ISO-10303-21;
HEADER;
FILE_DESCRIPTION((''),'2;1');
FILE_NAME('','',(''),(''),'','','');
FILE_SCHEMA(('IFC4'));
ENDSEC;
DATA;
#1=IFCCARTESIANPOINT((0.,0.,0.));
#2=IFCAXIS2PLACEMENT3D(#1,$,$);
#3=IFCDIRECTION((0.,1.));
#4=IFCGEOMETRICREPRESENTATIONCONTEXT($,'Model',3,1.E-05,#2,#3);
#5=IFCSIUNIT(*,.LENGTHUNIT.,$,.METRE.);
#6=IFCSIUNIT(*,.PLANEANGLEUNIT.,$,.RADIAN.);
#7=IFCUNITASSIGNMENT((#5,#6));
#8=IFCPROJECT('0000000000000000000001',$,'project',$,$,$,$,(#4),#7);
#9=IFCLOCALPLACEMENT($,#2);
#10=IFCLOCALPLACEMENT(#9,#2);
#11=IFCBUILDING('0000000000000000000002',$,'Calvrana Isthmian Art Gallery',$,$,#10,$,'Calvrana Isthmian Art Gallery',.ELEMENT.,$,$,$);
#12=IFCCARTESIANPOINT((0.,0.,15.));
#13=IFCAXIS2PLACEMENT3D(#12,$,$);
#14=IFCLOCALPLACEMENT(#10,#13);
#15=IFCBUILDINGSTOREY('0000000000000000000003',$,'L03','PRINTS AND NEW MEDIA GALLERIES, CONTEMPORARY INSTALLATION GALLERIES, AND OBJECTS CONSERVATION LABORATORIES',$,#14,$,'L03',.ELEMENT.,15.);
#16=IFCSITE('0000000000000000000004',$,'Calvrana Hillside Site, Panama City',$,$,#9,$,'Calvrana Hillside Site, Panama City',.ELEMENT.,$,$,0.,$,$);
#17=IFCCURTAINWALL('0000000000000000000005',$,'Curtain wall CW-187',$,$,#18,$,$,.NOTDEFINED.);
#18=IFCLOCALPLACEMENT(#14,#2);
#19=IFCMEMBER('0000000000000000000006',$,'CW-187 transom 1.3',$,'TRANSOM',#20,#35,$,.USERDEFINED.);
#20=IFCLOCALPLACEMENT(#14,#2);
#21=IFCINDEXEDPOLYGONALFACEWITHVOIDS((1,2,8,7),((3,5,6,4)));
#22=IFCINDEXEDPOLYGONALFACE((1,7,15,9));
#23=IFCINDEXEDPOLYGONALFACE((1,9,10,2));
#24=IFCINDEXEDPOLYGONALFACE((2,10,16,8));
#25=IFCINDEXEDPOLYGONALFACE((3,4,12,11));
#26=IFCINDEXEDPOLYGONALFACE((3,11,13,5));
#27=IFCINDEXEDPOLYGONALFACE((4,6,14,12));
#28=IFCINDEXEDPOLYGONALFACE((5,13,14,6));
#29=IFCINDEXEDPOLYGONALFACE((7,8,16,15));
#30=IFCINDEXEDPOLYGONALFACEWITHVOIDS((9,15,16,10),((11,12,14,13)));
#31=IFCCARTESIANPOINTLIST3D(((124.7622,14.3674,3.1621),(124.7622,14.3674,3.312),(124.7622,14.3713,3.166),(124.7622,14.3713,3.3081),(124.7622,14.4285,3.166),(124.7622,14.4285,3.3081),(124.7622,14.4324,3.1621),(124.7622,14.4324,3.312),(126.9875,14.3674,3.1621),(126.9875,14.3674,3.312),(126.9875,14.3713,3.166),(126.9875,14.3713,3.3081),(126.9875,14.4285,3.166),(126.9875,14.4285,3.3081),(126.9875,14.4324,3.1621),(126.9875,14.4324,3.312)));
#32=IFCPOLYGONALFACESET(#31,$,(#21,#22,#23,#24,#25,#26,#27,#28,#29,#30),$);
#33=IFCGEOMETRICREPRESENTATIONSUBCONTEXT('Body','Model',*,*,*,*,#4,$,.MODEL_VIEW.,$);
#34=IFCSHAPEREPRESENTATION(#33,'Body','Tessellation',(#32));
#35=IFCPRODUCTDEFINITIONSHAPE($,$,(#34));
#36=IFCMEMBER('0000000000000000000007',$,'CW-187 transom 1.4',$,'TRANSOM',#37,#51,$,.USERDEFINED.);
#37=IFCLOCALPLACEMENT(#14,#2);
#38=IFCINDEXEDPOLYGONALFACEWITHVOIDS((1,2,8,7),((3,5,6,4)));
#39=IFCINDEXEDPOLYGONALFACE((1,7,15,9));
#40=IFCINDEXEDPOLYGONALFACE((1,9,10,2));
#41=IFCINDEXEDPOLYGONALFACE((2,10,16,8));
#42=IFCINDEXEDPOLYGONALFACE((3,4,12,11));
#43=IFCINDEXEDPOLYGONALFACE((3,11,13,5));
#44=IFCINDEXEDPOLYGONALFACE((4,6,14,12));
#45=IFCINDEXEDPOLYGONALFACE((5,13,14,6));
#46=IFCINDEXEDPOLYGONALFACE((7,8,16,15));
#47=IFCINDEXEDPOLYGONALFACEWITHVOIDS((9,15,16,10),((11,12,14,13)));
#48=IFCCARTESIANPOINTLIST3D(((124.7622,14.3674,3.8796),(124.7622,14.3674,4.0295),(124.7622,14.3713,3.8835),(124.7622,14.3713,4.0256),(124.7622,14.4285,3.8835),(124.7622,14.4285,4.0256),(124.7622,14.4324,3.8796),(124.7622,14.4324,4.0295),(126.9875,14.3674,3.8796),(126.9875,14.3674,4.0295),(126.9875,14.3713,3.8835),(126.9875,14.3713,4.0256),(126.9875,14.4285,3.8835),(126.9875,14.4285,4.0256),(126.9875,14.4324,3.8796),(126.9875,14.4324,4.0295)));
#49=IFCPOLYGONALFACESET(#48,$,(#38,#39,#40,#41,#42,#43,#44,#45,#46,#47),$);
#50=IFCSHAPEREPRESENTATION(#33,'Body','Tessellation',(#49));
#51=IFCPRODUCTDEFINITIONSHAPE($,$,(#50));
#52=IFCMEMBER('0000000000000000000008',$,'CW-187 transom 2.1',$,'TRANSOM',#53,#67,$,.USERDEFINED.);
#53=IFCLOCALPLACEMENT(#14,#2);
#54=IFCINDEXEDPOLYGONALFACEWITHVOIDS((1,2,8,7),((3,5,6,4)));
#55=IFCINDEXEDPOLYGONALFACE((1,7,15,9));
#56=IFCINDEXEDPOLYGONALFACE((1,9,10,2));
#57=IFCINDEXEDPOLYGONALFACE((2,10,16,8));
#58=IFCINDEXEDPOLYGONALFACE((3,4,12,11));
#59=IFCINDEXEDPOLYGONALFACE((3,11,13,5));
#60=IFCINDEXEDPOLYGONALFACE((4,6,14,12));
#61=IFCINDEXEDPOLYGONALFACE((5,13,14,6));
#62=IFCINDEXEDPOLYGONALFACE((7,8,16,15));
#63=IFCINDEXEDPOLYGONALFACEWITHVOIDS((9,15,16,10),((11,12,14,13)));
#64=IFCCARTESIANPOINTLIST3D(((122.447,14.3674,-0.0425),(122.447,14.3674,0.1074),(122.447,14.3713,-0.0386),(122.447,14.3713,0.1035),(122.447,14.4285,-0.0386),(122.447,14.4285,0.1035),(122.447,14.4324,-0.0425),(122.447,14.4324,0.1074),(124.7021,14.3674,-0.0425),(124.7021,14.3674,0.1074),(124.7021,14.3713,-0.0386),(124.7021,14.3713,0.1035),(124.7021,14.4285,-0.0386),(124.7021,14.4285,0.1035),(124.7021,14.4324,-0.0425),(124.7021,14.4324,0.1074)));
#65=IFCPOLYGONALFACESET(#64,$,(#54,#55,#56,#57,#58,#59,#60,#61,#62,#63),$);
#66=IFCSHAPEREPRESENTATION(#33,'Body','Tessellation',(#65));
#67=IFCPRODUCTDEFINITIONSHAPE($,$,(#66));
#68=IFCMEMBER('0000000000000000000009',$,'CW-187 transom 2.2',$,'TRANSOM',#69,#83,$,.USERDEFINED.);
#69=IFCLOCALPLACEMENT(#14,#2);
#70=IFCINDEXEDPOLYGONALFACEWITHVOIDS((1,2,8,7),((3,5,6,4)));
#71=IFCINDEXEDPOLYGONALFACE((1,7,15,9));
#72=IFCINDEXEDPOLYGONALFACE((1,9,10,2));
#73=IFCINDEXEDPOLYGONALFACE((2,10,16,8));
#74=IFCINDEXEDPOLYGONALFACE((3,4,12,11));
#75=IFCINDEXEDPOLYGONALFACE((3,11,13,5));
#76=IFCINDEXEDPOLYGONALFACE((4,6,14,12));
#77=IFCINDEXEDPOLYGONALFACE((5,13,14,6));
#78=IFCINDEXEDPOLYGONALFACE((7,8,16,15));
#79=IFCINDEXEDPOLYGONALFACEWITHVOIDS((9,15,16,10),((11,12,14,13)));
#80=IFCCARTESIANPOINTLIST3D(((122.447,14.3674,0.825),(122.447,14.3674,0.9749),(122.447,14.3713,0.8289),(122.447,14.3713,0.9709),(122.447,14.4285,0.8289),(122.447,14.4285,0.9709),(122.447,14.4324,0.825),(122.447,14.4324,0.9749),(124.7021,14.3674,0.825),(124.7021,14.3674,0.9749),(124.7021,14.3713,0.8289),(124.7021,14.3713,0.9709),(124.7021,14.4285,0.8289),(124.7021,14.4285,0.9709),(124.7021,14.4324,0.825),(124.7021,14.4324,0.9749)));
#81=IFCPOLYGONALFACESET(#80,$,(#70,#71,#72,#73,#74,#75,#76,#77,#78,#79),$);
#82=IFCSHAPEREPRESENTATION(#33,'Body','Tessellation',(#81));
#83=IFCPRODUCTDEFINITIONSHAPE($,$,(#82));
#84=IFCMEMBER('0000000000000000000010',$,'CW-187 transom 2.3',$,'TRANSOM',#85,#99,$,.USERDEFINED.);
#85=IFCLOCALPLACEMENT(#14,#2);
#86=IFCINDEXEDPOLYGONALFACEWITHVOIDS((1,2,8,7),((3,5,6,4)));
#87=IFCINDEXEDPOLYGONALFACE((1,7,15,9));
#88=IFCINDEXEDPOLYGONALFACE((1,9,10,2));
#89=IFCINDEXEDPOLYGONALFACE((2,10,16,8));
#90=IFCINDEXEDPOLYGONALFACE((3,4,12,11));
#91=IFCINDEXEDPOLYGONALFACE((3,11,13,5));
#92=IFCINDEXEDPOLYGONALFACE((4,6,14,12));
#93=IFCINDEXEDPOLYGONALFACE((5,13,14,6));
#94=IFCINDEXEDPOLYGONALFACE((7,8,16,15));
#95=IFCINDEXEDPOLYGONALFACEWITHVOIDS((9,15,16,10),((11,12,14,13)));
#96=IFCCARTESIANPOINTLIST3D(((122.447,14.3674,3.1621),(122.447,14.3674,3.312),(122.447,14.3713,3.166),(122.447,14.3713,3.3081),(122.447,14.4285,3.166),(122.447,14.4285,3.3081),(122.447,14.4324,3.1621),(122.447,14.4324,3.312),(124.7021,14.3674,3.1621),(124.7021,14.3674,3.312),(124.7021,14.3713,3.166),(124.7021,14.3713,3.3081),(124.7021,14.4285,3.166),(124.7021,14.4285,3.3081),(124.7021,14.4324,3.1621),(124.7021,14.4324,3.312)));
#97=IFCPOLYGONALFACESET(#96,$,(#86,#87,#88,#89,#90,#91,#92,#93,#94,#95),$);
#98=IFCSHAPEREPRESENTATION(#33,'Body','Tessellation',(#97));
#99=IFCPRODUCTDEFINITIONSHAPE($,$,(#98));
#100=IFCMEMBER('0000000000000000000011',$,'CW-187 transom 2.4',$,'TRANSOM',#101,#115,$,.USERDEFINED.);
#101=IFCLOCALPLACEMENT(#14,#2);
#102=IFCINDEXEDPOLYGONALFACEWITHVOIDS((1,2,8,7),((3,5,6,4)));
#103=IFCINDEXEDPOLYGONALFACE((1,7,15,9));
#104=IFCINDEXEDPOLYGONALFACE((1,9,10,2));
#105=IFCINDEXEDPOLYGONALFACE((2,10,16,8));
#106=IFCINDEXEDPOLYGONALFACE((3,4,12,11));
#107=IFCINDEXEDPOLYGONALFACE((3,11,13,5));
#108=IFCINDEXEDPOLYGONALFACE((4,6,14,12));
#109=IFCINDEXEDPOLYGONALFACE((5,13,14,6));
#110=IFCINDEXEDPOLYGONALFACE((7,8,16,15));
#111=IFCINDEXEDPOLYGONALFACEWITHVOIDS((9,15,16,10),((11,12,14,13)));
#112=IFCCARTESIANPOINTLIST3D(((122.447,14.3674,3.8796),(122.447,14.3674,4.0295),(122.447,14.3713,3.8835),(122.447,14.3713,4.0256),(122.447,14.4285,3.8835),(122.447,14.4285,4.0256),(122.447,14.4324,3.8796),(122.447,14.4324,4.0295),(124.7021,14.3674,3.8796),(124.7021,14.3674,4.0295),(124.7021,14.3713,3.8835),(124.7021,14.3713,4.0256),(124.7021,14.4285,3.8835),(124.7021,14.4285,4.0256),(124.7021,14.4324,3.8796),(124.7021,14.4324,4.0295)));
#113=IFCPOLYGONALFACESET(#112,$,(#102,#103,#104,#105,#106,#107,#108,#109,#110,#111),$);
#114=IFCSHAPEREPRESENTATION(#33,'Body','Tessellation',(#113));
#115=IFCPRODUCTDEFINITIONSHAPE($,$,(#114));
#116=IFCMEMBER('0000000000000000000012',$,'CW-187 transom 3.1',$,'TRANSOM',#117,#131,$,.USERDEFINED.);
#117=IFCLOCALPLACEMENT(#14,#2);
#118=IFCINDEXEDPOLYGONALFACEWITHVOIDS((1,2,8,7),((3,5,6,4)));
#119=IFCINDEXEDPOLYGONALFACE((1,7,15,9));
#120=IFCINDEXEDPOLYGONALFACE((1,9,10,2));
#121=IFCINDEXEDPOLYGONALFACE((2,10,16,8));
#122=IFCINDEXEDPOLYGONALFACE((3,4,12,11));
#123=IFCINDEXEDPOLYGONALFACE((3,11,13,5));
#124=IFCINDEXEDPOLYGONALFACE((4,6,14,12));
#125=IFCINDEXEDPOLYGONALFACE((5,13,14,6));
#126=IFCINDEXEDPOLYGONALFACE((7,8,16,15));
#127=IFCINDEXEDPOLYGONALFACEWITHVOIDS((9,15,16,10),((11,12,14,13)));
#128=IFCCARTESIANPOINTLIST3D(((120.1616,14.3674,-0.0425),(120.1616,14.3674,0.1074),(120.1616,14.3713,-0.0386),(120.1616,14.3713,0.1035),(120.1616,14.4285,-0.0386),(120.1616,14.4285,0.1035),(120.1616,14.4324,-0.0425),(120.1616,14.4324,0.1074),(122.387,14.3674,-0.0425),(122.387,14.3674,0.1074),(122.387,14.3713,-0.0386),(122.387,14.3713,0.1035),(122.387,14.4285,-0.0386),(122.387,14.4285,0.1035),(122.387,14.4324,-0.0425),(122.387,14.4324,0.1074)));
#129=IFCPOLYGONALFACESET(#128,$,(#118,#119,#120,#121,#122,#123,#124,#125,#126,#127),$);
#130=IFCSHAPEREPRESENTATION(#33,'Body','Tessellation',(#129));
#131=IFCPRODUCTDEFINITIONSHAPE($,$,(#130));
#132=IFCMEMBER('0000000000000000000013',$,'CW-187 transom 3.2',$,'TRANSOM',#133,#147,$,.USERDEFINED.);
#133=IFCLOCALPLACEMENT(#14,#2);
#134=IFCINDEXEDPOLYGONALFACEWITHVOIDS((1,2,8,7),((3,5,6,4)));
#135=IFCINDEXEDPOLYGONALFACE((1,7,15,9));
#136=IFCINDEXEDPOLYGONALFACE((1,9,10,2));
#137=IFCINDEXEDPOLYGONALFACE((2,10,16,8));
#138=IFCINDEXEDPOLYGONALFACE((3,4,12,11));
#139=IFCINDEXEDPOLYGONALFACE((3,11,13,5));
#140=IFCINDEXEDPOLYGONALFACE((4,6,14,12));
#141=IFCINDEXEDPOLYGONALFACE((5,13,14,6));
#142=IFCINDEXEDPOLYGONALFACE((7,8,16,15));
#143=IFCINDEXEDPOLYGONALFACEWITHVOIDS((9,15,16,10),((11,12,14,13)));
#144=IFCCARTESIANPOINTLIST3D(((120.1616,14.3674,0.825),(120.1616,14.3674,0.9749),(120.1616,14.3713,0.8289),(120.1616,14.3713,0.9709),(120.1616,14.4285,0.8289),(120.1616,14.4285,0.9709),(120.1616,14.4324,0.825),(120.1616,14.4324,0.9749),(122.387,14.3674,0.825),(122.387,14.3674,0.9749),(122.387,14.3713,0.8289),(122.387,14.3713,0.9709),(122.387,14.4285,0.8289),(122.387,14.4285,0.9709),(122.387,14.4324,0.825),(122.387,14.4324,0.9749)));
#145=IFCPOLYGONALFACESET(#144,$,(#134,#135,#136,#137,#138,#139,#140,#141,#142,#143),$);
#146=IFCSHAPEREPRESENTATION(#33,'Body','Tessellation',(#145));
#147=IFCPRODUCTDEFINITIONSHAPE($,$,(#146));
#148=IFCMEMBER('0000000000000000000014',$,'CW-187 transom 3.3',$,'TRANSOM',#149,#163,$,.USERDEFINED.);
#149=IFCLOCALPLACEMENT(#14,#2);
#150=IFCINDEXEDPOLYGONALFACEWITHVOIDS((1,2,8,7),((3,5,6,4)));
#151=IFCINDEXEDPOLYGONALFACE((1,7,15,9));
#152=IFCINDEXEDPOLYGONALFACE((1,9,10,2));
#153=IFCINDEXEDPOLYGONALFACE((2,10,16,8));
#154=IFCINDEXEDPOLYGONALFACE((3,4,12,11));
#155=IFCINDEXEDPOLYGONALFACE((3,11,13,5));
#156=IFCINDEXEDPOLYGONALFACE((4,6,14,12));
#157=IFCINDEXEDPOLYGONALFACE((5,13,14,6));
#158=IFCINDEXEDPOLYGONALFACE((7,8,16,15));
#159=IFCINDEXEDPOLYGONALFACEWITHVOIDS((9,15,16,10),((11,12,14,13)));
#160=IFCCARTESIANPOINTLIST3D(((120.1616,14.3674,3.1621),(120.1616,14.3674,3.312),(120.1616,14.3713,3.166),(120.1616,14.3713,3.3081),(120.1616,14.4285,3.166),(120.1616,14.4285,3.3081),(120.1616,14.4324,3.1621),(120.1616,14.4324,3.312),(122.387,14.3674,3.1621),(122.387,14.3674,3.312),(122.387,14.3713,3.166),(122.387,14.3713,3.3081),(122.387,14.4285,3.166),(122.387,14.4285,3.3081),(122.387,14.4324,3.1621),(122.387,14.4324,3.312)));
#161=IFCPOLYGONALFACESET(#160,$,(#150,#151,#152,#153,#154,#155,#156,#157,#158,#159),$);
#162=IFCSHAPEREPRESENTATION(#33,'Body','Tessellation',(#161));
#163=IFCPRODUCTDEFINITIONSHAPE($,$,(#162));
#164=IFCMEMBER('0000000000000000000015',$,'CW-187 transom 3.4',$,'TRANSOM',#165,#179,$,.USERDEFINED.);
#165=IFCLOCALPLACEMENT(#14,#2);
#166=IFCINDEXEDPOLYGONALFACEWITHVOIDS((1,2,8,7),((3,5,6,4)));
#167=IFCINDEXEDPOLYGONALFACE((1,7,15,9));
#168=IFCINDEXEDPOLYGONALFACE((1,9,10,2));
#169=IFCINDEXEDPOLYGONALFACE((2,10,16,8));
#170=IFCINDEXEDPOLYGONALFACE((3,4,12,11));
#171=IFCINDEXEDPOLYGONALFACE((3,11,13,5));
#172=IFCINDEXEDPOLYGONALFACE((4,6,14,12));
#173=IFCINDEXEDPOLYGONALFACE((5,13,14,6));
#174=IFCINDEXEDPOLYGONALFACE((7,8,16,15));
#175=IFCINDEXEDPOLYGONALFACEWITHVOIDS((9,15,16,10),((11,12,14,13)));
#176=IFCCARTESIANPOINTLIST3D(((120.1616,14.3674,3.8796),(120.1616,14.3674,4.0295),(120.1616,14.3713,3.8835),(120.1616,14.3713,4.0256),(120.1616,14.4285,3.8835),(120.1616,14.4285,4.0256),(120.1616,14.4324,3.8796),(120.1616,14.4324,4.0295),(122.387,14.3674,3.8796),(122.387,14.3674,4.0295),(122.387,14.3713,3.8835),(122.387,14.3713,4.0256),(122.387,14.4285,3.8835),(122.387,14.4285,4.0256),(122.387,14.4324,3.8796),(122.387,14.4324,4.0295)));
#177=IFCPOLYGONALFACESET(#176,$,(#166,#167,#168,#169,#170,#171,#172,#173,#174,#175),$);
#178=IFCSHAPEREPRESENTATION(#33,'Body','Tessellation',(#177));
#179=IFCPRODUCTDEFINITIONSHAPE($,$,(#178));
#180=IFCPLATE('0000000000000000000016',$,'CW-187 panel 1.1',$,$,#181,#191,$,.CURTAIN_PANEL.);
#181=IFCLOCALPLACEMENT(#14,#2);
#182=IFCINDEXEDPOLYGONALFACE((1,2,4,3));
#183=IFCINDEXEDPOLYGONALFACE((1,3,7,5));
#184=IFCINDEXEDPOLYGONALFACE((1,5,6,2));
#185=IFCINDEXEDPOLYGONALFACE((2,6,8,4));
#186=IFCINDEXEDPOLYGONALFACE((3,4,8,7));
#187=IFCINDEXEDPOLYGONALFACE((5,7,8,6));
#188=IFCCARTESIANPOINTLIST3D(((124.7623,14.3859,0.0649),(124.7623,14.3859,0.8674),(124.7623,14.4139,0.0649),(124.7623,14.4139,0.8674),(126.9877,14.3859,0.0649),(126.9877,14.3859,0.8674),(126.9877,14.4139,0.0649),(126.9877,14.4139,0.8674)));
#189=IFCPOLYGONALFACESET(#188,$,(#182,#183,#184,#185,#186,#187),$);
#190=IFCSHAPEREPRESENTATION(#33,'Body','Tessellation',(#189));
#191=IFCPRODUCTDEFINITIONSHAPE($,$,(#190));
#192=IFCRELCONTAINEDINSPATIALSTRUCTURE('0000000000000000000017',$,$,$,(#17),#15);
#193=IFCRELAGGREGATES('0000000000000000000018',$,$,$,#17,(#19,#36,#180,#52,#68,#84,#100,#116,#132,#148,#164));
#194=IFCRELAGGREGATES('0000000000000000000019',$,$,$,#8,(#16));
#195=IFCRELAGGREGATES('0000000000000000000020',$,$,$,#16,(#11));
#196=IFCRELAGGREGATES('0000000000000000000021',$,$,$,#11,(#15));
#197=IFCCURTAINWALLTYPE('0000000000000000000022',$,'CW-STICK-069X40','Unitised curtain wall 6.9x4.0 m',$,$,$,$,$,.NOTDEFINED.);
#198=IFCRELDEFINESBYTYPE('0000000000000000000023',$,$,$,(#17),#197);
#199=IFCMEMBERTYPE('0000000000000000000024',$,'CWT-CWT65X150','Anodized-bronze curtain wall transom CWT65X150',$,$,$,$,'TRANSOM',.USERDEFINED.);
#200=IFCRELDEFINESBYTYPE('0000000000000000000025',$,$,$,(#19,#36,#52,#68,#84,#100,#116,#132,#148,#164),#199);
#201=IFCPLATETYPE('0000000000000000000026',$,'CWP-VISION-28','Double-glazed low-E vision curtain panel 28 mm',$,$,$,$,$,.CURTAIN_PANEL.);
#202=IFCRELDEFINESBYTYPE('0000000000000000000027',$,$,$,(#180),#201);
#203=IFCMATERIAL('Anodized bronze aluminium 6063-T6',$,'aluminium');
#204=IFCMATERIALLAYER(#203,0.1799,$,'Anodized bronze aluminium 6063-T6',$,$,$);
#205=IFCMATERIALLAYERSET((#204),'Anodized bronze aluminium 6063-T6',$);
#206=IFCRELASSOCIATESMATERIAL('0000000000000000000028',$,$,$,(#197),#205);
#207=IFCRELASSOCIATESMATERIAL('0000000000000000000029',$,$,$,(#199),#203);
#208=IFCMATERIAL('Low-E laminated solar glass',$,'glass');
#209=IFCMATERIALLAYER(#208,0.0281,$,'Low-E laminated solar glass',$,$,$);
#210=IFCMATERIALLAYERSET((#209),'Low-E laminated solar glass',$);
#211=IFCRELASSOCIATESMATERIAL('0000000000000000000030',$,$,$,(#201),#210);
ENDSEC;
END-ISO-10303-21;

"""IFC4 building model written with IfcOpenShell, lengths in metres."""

from ifc_helpers import new_model, si_unit, direction, frame, origin, origin_2d, place, context, subcontext, project, spatial, rectangle, hollow_rectangle, extrude, material, layer, layer_set, material_profile, profile_set, type_object, element, aggregate, save


model = new_model("IFC4")

# Units and contexts
model_context = context("Model", 3, precision=1e-05, world=origin(), true_north=direction((0.0, 1.0)))
body_context = subcontext(model_context, "Body", "Model", "MODEL_VIEW")
ifc_project = project(units=[si_unit("LENGTHUNIT", "METRE"), si_unit("PLANEANGLEUNIT", "RADIAN")], contexts=[model_context])

# Site, building, storey
site_placement = place(None, origin())
site = spatial("IfcSite", under=ifc_project, at=site_placement, Name="Calvrana Hillside Site, Panama City", LongName="Calvrana Hillside Site, Panama City", CompositionType="ELEMENT", RefElevation=0.0)
building_placement = place(site_placement, origin())
building = spatial("IfcBuilding", under=site, at=building_placement, Name="Calvrana Isthmian Art Gallery", LongName="Calvrana Isthmian Art Gallery", CompositionType="ELEMENT")
storey_placement = place(building_placement, frame((0.0, 0.0, 15.0)))
storey = spatial("IfcBuildingStorey", under=building, at=storey_placement, Name="L03", Description="PRINTS AND NEW MEDIA GALLERIES, CONTEMPORARY INSTALLATION GALLERIES, AND OBJECTS CONSERVATION LABORATORIES", LongName="L03", CompositionType="ELEMENT", Elevation=15.0)

# Curtain wall, members, plate
ifc_material_1 = material(Name="Anodized bronze aluminium 6063-T6", Category="aluminium")
ifc_layer_1 = layer(ifc_material_1, 0.1799, Name="Anodized bronze aluminium 6063-T6")
ifc_layer_set_1 = layer_set([ifc_layer_1], Name="Anodized bronze aluminium 6063-T6")
curtain_wall_type = type_object("IfcCurtainWallType", Name="CW-STICK-069X40", Description="Unitised curtain wall 6.9x4.0 m", PredefinedType="NOTDEFINED", material=ifc_layer_set_1)
curtain_wall_placement = place(storey_placement, origin())
curtain_wall = element("IfcCurtainWall", 1, at=curtain_wall_placement, inside=storey, type_object=curtain_wall_type, Name="Curtain wall CW-187", PredefinedType="NOTDEFINED")
ifc_material_profile_1 = material_profile(ifc_material_1, hollow_rectangle(XDim=0.0649, YDim=0.1499, WallThickness=0.0039, at=origin_2d()), Name="CWT65X150")
ifc_profile_set_1 = profile_set([ifc_material_profile_1], Name="Anodized bronze aluminium 6063-T6")
member_type_1 = type_object("IfcMemberType", Name="CWT-CWT65X150", Description="Anodized-bronze curtain wall transom CWT65X150", ElementType="TRANSOM", PredefinedType="USERDEFINED", material=ifc_profile_set_1)
member_1_placement = place(storey_placement, frame((126.9875, 14.3999, 3.2371), z_axis=(-1.0, 0.0, 0.0), x_axis=(0.0, -1.0, 0.0)))
member_1 = element("IfcMember", 2, at=member_1_placement, type_object=member_type_1, Name="CW-187 transom 1.3", ObjectType="TRANSOM", PredefinedType="USERDEFINED", context=body_context, shape_type="SweptSolid", body=[
    extrude(hollow_rectangle(XDim=0.0649, YDim=0.1499, WallThickness=0.0039, at=origin_2d()), origin(), (0.0, 0.0, 1.0), 2.2253),
])
member_2_placement = place(storey_placement, frame((126.9875, 14.3999, 3.9546), z_axis=(-1.0, 0.0, 0.0), x_axis=(0.0, -1.0, 0.0)))
member_2 = element("IfcMember", 3, at=member_2_placement, type_object=member_type_1, Name="CW-187 transom 1.4", ObjectType="TRANSOM", PredefinedType="USERDEFINED", context=body_context, shape_type="SweptSolid", body=[
    extrude(hollow_rectangle(XDim=0.0649, YDim=0.1499, WallThickness=0.0039, at=origin_2d()), origin(), (0.0, 0.0, 1.0), 2.2253),
])
member_3_placement = place(storey_placement, frame((124.7021, 14.3999, 0.0325), z_axis=(-1.0, 0.0, 0.0), x_axis=(0.0, -1.0, 0.0)))
member_3 = element("IfcMember", 4, at=member_3_placement, type_object=member_type_1, Name="CW-187 transom 2.1", ObjectType="TRANSOM", PredefinedType="USERDEFINED", context=body_context, shape_type="SweptSolid", body=[
    extrude(hollow_rectangle(XDim=0.0649, YDim=0.1499, WallThickness=0.0039, at=origin_2d()), origin(), (0.0, 0.0, 1.0), 2.2551),
])
member_4_placement = place(storey_placement, frame((124.7021, 14.3999, 0.8999), z_axis=(-1.0, 0.0, 0.0), x_axis=(0.0, -1.0, 0.0)))
member_4 = element("IfcMember", 5, at=member_4_placement, type_object=member_type_1, Name="CW-187 transom 2.2", ObjectType="TRANSOM", PredefinedType="USERDEFINED", context=body_context, shape_type="SweptSolid", body=[
    extrude(hollow_rectangle(XDim=0.0649, YDim=0.1499, WallThickness=0.0039, at=origin_2d()), origin(), (0.0, 0.0, 1.0), 2.2551),
])
member_5_placement = place(storey_placement, frame((124.7021, 14.3999, 3.2371), z_axis=(-1.0, 0.0, 0.0), x_axis=(0.0, -1.0, 0.0)))
member_5 = element("IfcMember", 6, at=member_5_placement, type_object=member_type_1, Name="CW-187 transom 2.3", ObjectType="TRANSOM", PredefinedType="USERDEFINED", context=body_context, shape_type="SweptSolid", body=[
    extrude(hollow_rectangle(XDim=0.0649, YDim=0.1499, WallThickness=0.0039, at=origin_2d()), origin(), (0.0, 0.0, 1.0), 2.2551),
])
member_6_placement = place(storey_placement, frame((124.7021, 14.3999, 3.9546), z_axis=(-1.0, 0.0, 0.0), x_axis=(0.0, -1.0, 0.0)))
member_6 = element("IfcMember", 7, at=member_6_placement, type_object=member_type_1, Name="CW-187 transom 2.4", ObjectType="TRANSOM", PredefinedType="USERDEFINED", context=body_context, shape_type="SweptSolid", body=[
    extrude(hollow_rectangle(XDim=0.0649, YDim=0.1499, WallThickness=0.0039, at=origin_2d()), origin(), (0.0, 0.0, 1.0), 2.2551),
])
member_7_placement = place(storey_placement, frame((122.387, 14.3999, 0.0325), z_axis=(-1.0, 0.0, 0.0), x_axis=(0.0, -1.0, 0.0)))
member_7 = element("IfcMember", 8, at=member_7_placement, type_object=member_type_1, Name="CW-187 transom 3.1", ObjectType="TRANSOM", PredefinedType="USERDEFINED", context=body_context, shape_type="SweptSolid", body=[
    extrude(hollow_rectangle(XDim=0.0649, YDim=0.1499, WallThickness=0.0039, at=origin_2d()), origin(), (0.0, 0.0, 1.0), 2.2253),
])
member_8_placement = place(storey_placement, frame((122.387, 14.3999, 0.8999), z_axis=(-1.0, 0.0, 0.0), x_axis=(0.0, -1.0, 0.0)))
member_8 = element("IfcMember", 9, at=member_8_placement, type_object=member_type_1, Name="CW-187 transom 3.2", ObjectType="TRANSOM", PredefinedType="USERDEFINED", context=body_context, shape_type="SweptSolid", body=[
    extrude(hollow_rectangle(XDim=0.0649, YDim=0.1499, WallThickness=0.0039, at=origin_2d()), origin(), (0.0, 0.0, 1.0), 2.2253),
])
member_9_placement = place(storey_placement, frame((122.387, 14.3999, 3.2371), z_axis=(-1.0, 0.0, 0.0), x_axis=(0.0, -1.0, 0.0)))
member_9 = element("IfcMember", 10, at=member_9_placement, type_object=member_type_1, Name="CW-187 transom 3.3", ObjectType="TRANSOM", PredefinedType="USERDEFINED", context=body_context, shape_type="SweptSolid", body=[
    extrude(hollow_rectangle(XDim=0.0649, YDim=0.1499, WallThickness=0.0039, at=origin_2d()), origin(), (0.0, 0.0, 1.0), 2.2253),
])
member_10_placement = place(storey_placement, frame((122.387, 14.3999, 3.9546), z_axis=(-1.0, 0.0, 0.0), x_axis=(0.0, -1.0, 0.0)))
member_10 = element("IfcMember", 11, at=member_10_placement, type_object=member_type_1, Name="CW-187 transom 3.4", ObjectType="TRANSOM", PredefinedType="USERDEFINED", context=body_context, shape_type="SweptSolid", body=[
    extrude(hollow_rectangle(XDim=0.0649, YDim=0.1499, WallThickness=0.0039, at=origin_2d()), origin(), (0.0, 0.0, 1.0), 2.2253),
])
ifc_material_2 = material(Name="Low-E laminated solar glass", Category="glass")
ifc_layer_2 = layer(ifc_material_2, 0.0281, Name="Low-E laminated solar glass")
ifc_layer_set_2 = layer_set([ifc_layer_2], Name="Low-E laminated solar glass")
plate_type_1 = type_object("IfcPlateType", Name="CWP-VISION-28", Description="Double-glazed low-E vision curtain panel 28 mm", PredefinedType="CURTAIN_PANEL", material=ifc_layer_set_2)
plate_1_placement = place(storey_placement, frame((125.875, 14.3999, 0.0649), z_axis=(0.0, 0.0, 1.0), x_axis=(-1.0, 0.0, 0.0)))
plate_1 = element("IfcPlate", 12, at=plate_1_placement, type_object=plate_type_1, Name="CW-187 panel 1.1", PredefinedType="CURTAIN_PANEL", context=body_context, shape_type="SweptSolid", body=[
    extrude(rectangle(XDim=2.2253, YDim=0.0281, at=origin_2d()), origin(), (0.0, 0.0, 1.0), 0.8025),
])
aggregate(curtain_wall, [member_1, member_2, plate_1, member_3, member_4, member_5, member_6, member_7, member_8, member_9, member_10])

save(model, "model.ifc")
